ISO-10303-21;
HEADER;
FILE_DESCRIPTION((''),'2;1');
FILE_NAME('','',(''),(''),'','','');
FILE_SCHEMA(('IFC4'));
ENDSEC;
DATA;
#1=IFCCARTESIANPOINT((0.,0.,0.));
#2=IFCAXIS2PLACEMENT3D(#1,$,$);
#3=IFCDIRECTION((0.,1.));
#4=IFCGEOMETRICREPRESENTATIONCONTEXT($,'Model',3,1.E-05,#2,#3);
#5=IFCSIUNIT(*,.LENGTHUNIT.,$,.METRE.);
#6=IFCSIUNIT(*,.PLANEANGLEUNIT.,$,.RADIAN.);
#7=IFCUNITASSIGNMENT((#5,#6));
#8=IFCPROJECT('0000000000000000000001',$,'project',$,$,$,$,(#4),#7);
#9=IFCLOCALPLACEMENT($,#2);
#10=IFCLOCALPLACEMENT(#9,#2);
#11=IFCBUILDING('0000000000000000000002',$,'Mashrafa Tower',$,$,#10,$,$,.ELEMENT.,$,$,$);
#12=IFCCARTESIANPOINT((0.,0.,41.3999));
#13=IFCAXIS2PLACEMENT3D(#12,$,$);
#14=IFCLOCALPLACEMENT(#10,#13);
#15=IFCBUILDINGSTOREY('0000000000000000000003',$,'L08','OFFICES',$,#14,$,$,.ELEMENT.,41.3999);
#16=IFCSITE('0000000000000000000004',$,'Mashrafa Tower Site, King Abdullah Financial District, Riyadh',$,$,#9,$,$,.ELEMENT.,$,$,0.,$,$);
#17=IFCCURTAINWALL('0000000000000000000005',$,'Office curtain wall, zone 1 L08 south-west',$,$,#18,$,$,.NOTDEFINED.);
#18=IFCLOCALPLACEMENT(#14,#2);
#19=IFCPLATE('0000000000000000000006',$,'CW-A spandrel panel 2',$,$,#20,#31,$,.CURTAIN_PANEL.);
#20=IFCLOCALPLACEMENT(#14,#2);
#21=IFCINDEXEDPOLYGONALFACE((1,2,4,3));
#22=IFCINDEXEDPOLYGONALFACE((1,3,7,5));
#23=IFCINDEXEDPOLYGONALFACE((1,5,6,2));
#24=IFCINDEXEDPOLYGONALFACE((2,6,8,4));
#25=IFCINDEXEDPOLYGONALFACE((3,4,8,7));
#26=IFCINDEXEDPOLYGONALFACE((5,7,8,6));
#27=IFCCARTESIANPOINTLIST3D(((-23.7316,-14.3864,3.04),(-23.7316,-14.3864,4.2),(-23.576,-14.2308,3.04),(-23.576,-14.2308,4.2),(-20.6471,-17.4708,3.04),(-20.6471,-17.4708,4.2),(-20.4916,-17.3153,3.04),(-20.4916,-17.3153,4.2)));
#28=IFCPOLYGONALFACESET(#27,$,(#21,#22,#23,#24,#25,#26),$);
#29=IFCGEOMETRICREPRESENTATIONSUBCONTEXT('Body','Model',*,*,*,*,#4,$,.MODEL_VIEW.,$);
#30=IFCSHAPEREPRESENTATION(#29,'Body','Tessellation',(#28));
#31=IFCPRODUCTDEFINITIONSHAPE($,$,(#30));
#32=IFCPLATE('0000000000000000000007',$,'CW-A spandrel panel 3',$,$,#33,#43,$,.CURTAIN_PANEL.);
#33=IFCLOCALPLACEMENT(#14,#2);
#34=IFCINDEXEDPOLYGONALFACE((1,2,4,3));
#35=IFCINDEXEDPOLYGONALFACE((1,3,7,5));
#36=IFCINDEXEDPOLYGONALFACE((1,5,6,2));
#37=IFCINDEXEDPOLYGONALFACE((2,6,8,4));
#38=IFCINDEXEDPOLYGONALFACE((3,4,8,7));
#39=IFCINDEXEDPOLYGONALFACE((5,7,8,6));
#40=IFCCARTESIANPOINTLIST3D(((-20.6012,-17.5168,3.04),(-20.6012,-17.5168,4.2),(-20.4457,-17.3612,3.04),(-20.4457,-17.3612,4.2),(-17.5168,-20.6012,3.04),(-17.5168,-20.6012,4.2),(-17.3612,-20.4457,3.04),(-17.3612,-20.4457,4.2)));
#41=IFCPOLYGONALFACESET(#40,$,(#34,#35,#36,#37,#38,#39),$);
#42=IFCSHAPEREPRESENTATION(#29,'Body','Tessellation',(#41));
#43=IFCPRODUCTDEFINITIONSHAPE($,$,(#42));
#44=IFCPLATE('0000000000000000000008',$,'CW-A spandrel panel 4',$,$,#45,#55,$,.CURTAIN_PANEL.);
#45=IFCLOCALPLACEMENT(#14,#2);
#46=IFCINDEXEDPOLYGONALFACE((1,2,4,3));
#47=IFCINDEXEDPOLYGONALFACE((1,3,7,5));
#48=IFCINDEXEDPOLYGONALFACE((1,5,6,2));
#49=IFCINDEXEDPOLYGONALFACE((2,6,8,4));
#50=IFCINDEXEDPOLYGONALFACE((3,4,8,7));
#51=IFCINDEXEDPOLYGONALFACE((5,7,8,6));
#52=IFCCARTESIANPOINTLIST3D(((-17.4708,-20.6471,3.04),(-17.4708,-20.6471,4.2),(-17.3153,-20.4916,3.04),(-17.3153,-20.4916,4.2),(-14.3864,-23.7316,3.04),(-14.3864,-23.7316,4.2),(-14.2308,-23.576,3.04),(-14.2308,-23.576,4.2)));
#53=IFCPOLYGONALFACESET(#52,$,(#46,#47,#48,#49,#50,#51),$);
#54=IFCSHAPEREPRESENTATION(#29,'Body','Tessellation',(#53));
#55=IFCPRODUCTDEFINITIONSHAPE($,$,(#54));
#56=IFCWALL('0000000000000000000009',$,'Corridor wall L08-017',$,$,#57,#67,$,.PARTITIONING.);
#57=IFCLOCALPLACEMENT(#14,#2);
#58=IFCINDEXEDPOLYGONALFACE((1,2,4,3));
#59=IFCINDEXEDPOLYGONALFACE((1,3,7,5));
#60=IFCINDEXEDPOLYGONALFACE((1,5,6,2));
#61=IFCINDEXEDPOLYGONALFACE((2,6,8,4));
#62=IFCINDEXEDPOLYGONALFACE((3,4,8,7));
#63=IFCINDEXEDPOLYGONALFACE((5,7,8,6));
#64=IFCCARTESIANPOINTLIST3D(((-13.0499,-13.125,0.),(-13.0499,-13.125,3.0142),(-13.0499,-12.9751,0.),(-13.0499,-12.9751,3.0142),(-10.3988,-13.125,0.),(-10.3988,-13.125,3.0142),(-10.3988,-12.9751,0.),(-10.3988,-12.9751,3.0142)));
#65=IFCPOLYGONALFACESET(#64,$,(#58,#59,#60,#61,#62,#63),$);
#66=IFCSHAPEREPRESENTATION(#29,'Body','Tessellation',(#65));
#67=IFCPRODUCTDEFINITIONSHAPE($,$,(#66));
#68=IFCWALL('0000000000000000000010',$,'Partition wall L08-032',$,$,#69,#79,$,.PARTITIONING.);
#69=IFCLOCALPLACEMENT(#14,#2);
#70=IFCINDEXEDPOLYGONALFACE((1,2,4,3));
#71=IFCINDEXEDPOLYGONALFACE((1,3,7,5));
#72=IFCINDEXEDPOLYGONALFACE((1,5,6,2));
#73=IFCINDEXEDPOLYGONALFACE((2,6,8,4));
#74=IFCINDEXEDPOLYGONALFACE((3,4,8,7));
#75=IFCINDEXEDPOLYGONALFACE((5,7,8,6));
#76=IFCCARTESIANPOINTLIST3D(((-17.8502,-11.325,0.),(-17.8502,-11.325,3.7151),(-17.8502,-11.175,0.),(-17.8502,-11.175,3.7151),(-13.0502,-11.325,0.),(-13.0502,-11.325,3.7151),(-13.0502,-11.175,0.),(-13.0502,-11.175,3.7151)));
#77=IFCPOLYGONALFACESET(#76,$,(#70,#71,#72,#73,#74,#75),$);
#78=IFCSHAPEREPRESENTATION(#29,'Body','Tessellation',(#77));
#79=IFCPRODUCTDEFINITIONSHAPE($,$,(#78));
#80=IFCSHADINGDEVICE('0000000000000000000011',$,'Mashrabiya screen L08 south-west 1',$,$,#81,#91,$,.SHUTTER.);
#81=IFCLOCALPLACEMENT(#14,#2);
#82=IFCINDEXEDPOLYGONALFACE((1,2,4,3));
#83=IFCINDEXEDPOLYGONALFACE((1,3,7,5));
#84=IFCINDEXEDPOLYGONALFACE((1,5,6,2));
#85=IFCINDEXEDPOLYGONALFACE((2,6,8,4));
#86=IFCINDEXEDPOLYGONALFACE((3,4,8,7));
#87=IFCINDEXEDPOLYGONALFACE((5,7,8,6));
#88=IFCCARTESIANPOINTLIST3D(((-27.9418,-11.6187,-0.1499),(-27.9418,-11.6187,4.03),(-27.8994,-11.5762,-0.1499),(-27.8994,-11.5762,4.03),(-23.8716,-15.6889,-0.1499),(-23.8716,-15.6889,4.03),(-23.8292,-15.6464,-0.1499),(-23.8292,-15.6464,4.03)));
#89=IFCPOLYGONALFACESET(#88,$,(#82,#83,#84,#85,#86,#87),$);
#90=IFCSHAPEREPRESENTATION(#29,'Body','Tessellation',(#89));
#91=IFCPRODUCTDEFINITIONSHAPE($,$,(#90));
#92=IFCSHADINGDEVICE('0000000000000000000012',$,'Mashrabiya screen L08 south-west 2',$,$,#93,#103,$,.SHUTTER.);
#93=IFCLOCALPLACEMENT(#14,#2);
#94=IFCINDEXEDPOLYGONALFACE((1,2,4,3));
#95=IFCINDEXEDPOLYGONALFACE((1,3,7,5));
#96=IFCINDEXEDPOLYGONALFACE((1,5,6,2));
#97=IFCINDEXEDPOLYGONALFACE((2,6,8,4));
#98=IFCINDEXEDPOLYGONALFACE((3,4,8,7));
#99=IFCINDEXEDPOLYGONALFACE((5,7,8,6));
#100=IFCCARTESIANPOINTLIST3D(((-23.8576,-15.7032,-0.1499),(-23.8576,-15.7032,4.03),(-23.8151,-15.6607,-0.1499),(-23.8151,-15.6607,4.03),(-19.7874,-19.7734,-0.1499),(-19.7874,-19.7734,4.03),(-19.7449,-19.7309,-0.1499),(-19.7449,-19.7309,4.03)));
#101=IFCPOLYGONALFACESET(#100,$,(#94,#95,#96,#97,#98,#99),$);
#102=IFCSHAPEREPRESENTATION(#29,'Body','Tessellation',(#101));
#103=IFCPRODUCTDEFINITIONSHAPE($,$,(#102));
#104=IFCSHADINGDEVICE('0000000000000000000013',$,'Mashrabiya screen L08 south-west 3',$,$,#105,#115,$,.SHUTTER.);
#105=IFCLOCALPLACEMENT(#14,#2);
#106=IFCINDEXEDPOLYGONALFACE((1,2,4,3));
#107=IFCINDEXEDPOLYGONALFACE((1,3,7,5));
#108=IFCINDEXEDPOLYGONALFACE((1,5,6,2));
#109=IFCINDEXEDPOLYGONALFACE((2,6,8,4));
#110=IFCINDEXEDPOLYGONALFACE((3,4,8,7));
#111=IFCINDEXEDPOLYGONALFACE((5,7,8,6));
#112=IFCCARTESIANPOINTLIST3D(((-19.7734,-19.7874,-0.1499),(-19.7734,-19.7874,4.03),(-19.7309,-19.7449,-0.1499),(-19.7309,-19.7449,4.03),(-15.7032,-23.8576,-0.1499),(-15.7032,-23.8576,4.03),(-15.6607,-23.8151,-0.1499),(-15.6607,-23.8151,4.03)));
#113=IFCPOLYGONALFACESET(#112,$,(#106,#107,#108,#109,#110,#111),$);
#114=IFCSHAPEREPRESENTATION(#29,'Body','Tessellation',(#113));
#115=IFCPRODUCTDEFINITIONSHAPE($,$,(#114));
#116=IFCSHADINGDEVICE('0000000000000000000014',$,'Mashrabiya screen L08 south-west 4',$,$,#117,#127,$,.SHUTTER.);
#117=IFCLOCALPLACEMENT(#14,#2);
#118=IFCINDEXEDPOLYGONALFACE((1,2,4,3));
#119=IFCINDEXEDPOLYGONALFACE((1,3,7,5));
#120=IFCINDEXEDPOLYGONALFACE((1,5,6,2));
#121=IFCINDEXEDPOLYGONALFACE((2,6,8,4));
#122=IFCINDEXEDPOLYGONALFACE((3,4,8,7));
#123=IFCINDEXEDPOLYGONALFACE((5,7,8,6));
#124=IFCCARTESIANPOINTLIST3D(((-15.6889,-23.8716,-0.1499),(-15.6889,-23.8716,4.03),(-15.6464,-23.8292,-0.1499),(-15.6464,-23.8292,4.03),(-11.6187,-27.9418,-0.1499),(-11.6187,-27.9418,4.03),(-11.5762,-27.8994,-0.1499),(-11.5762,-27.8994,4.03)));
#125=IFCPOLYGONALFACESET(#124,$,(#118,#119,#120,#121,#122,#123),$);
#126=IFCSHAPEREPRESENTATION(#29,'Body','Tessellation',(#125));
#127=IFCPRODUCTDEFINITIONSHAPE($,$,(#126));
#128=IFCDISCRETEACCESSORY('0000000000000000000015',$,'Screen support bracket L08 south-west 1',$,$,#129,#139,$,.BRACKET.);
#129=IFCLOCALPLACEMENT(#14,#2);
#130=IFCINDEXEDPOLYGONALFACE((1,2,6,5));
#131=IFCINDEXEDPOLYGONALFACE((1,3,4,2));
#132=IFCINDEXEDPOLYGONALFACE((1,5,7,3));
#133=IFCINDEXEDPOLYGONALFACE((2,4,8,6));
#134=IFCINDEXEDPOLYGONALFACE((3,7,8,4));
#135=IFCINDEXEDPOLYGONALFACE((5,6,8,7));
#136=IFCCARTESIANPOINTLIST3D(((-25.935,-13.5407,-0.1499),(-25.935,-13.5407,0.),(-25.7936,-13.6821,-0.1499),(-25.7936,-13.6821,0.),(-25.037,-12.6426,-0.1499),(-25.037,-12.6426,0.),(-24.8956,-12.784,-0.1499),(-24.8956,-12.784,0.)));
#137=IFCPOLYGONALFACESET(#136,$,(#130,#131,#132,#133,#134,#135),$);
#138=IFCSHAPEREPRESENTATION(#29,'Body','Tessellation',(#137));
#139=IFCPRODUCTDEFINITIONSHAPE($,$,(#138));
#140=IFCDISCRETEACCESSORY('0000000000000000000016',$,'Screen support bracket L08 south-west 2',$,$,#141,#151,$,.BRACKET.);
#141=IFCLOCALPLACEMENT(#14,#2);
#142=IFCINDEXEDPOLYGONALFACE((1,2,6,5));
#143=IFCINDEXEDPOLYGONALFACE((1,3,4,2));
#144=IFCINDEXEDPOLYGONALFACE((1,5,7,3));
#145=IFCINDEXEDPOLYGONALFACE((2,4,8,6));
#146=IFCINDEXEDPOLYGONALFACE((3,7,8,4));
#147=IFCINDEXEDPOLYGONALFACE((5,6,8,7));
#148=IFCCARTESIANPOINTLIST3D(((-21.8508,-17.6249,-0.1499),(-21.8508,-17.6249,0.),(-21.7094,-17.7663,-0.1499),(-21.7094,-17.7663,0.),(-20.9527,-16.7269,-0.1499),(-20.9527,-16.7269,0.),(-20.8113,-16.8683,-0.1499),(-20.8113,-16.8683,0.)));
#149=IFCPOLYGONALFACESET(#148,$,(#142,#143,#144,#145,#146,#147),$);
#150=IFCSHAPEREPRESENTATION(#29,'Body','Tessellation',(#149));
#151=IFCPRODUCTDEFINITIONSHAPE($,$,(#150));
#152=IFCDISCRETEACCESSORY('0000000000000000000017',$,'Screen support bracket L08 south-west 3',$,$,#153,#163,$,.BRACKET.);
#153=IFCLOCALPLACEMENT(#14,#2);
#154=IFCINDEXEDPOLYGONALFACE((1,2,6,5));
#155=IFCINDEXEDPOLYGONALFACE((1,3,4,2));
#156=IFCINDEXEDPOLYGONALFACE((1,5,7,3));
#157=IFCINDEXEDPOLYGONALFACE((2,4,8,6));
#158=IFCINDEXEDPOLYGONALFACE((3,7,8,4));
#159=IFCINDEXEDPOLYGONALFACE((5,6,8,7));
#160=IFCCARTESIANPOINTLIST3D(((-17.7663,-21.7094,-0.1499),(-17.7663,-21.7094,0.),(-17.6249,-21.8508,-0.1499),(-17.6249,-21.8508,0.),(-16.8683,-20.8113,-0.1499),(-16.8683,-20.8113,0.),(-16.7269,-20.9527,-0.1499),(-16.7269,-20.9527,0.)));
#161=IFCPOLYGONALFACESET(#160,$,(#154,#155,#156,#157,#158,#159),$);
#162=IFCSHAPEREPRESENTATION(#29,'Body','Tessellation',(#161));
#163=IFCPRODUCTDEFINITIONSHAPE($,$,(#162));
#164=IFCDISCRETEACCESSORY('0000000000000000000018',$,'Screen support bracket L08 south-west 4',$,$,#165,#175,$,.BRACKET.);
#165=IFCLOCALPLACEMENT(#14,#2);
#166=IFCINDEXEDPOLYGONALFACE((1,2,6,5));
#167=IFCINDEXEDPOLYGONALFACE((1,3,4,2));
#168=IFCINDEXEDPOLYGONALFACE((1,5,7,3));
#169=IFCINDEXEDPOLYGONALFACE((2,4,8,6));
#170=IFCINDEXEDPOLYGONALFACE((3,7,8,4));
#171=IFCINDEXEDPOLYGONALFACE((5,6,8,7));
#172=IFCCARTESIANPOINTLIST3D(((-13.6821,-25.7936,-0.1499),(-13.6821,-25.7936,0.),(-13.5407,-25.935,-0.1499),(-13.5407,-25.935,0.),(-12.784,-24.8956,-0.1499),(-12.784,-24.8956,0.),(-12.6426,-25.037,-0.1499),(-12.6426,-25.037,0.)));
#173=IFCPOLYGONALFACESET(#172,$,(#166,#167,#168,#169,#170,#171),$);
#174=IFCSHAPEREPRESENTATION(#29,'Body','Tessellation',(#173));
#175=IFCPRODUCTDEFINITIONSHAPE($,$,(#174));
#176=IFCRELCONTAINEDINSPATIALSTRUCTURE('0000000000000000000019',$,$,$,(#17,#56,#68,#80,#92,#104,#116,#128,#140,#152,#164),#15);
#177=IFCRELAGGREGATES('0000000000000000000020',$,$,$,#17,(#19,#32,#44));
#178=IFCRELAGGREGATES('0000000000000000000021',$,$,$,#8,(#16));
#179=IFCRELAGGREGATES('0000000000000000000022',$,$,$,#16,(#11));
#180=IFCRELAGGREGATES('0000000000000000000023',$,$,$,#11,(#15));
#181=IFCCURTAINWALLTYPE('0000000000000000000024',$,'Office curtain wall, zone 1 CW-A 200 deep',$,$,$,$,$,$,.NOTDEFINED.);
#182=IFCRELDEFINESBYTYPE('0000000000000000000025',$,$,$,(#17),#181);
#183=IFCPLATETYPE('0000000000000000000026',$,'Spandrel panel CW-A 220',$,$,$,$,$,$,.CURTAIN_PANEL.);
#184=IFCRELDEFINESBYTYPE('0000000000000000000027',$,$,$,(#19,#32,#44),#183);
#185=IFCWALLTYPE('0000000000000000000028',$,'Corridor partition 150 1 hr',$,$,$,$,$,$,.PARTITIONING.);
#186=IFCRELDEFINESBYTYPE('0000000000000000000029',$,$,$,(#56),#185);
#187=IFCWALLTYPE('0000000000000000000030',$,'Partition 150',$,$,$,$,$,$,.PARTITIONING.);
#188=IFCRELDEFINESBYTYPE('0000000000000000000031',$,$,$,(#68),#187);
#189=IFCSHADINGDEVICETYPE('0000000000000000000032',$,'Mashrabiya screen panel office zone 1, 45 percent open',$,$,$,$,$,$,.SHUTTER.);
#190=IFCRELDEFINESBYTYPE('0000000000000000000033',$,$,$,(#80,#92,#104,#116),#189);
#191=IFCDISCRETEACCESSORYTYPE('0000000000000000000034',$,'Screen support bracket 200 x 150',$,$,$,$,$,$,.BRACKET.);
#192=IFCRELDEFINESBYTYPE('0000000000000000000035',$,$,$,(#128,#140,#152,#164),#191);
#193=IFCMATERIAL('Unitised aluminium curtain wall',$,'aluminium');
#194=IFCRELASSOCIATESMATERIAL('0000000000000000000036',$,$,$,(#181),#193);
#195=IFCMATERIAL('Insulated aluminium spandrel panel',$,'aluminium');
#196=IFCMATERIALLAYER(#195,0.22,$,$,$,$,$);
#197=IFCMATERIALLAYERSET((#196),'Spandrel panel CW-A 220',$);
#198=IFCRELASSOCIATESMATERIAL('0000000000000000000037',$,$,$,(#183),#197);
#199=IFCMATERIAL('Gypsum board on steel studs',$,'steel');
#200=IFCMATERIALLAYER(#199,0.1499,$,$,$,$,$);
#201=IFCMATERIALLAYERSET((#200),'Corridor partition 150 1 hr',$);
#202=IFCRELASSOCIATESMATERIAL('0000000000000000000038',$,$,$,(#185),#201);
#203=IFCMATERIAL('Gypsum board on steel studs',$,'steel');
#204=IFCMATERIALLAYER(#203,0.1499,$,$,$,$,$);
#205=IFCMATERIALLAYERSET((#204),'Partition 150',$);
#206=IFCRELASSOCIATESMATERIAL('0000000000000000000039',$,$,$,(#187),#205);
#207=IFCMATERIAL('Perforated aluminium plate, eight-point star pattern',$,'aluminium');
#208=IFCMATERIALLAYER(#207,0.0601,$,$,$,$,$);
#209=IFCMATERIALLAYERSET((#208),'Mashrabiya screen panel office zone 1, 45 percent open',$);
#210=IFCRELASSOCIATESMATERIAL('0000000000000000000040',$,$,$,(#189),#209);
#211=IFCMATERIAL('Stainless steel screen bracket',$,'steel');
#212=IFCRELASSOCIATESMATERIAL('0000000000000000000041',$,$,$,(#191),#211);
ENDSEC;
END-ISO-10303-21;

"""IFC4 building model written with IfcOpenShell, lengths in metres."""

from ifc_helpers import new_model, si_unit, direction, frame, frame_2d, origin, origin_2d, place, context, subcontext, project, spatial, rectangle, extrude, source, transform, mapped, material, layer, layer_set, type_object, type_shapes, element, aggregate, save


model = new_model("IFC4")

# Units and contexts
model_context = context("Model", 3, precision=1e-05, world=origin(), true_north=direction((0.0, 1.0)))
body_context = subcontext(model_context, "Body", "Model", "MODEL_VIEW")
ifc_project = project(units=[si_unit("LENGTHUNIT", "METRE"), si_unit("PLANEANGLEUNIT", "RADIAN")], contexts=[model_context])

# Site, building, storey
site_placement = place(None, origin())
site = spatial("IfcSite", under=ifc_project, at=site_placement, Name="Mashrafa Tower Site, King Abdullah Financial District, Riyadh", CompositionType="ELEMENT", RefElevation=0.0)
building_placement = place(site_placement, origin())
building = spatial("IfcBuilding", under=site, at=building_placement, Name="Mashrafa Tower", CompositionType="ELEMENT")
storey_placement = place(building_placement, frame((0.0, 0.0, 41.3999)))
storey = spatial("IfcBuildingStorey", under=building, at=storey_placement, Name="L08", Description="OFFICES", CompositionType="ELEMENT", Elevation=41.3999)

# Curtain wall, plates
ifc_material_1 = material(Name="Unitised aluminium curtain wall", Category="aluminium")
curtain_wall_type = type_object("IfcCurtainWallType", Name="Office curtain wall, zone 1 CW-A 200 deep", PredefinedType="NOTDEFINED", material=ifc_material_1)
curtain_wall_placement = place(storey_placement, origin())
curtain_wall = element("IfcCurtainWall", 1, at=curtain_wall_placement, inside=storey, type_object=curtain_wall_type, Name="Office curtain wall, zone 1 L08 south-west", PredefinedType="NOTDEFINED")
ifc_material_2 = material(Name="Insulated aluminium spandrel panel", Category="aluminium")
ifc_layer_1 = layer(ifc_material_2, 0.22)
ifc_layer_set_1 = layer_set([ifc_layer_1], Name="Spandrel panel CW-A 220")
plate_type_1 = type_object("IfcPlateType", Name="Spandrel panel CW-A 220", PredefinedType="CURTAIN_PANEL", material=ifc_layer_set_1)
shared_shape_1 = source(origin(), body_context, "Body", "SweptSolid", [
    extrude(rectangle(XDim=4.3621, YDim=0.22, at=origin_2d()), origin(), (0.0, 0.0, 1.0), 1.1599),
])
plate_1_placement = place(storey_placement, frame((-22.1116, -15.8508, 3.04), z_axis=(0.0, 0.0, 1.0), x_axis=(0.707107, -0.707107, 0.0)))
plate_1 = element("IfcPlate", 2, at=plate_1_placement, type_object=plate_type_1, Name="CW-A spandrel panel 2", PredefinedType="CURTAIN_PANEL", context=body_context, shape_type="MappedRepresentation", body=[
    mapped(shared_shape_1, transform((0.0, 0.0, 0.0))),
])
plate_2_placement = place(storey_placement, frame((-18.9812, -18.9812, 3.04), z_axis=(0.0, 0.0, 1.0), x_axis=(0.707107, -0.707107, 0.0)))
plate_2 = element("IfcPlate", 3, at=plate_2_placement, type_object=plate_type_1, Name="CW-A spandrel panel 3", PredefinedType="CURTAIN_PANEL", context=body_context, shape_type="MappedRepresentation", body=[
    mapped(shared_shape_1, transform((0.0, 0.0, 0.0))),
])
plate_3_placement = place(storey_placement, frame((-15.8508, -22.1116, 3.04), z_axis=(0.0, 0.0, 1.0), x_axis=(0.707107, -0.707107, 0.0)))
plate_3 = element("IfcPlate", 4, at=plate_3_placement, type_object=plate_type_1, Name="CW-A spandrel panel 4", PredefinedType="CURTAIN_PANEL", context=body_context, shape_type="MappedRepresentation", body=[
    mapped(shared_shape_1, transform((0.0, 0.0, 0.0))),
])
aggregate(curtain_wall, [plate_1, plate_2, plate_3])

# Walls
ifc_material_3 = material(Name="Gypsum board on steel studs", Category="steel")
ifc_layer_2 = layer(ifc_material_3, 0.1499)
ifc_layer_set_2 = layer_set([ifc_layer_2], Name="Corridor partition 150 1 hr")
wall_type_1 = type_object("IfcWallType", Name="Corridor partition 150 1 hr", PredefinedType="PARTITIONING", material=ifc_layer_set_2)
wall_1_placement = place(storey_placement, frame((-13.05, -13.05, 0.0), z_axis=(0.0, 0.0, 1.0), x_axis=(1.0, 0.0, 0.0)))
element("IfcWall", 5, at=wall_1_placement, inside=storey, type_object=wall_type_1, Name="Corridor wall L08-017", PredefinedType="PARTITIONING", context=body_context, shape_type="SweptSolid", body=[
    extrude(rectangle(XDim=2.6511, YDim=0.1499, at=frame_2d((1.3257, 0.0))), origin(), (0.0, 0.0, 1.0), 3.0142),
])
ifc_material_4 = material(Name="Gypsum board on steel studs", Category="steel")
ifc_layer_3 = layer(ifc_material_4, 0.1499)
ifc_layer_set_3 = layer_set([ifc_layer_3], Name="Partition 150")
wall_type_2 = type_object("IfcWallType", Name="Partition 150", PredefinedType="PARTITIONING", material=ifc_layer_set_3)
wall_2_placement = place(storey_placement, frame((-17.8501, -11.25, 0.0), z_axis=(0.0, 0.0, 1.0), x_axis=(1.0, 0.0, 0.0)))
element("IfcWall", 6, at=wall_2_placement, inside=storey, type_object=wall_type_2, Name="Partition wall L08-032", PredefinedType="PARTITIONING", context=body_context, shape_type="SweptSolid", body=[
    extrude(rectangle(XDim=4.8, YDim=0.1499, at=frame_2d((2.3999, 0.0))), origin(), (0.0, 0.0, 1.0), 3.7151),
])

# Shading devices
ifc_material_5 = material(Name="Perforated aluminium plate, eight-point star pattern", Category="aluminium")
ifc_layer_4 = layer(ifc_material_5, 0.0601)
ifc_layer_set_4 = layer_set([ifc_layer_4], Name="Mashrabiya screen panel office zone 1, 45 percent open")
shading_device_type = type_object("IfcShadingDeviceType", Name="Mashrabiya screen panel office zone 1, 45 percent open", PredefinedType="SHUTTER", material=ifc_layer_set_4)
shared_shape_2 = source(origin(), body_context, "Body", "SweptSolid", [
    extrude(rectangle(XDim=5.7561, YDim=0.0601, at=origin_2d()), origin(), (0.0, 0.0, 1.0), 4.1799),
])
type_shapes(shading_device_type, [shared_shape_2])
for number, where, z_axis, x_axis, name in (
    (7, (-25.8855, -13.6326, -0.1499), (0.0, 0.0, 1.0), (0.707107, -0.707107, 0.0), "Mashrabiya screen L08 south-west 1"),
    (8, (-21.8013, -17.717, -0.1499), (0.0, 0.0, 1.0), (0.707107, -0.707107, 0.0), "Mashrabiya screen L08 south-west 2"),
    (9, (-17.717, -21.8013, -0.1499), (0.0, 0.0, 1.0), (0.707107, -0.707107, 0.0), "Mashrabiya screen L08 south-west 3"),
    (10, (-13.6326, -25.8855, -0.1499), (0.0, 0.0, 1.0), (0.707107, -0.707107, 0.0), "Mashrabiya screen L08 south-west 4"),
):
    element("IfcShadingDevice", number, at=place(storey_placement, frame(where, z_axis=z_axis, x_axis=x_axis)), inside=storey, type_object=shading_device_type, Name=name, PredefinedType="SHUTTER", context=body_context, shape_type="MappedRepresentation", body=[
        mapped(shared_shape_2, transform((0.0, 0.0, 0.0))),
    ])

# Discrete accessories
ifc_material_6 = material(Name="Stainless steel screen bracket", Category="steel")
discrete_accessory_type = type_object("IfcDiscreteAccessoryType", Name="Screen support bracket 200 x 150", PredefinedType="BRACKET", material=ifc_material_6)
shared_shape_3 = source(origin(), body_context, "Body", "SweptSolid", [
    extrude(rectangle(XDim=0.2, YDim=1.27, at=origin_2d()), origin(), (0.0, 0.0, 1.0), 0.1499),
])
type_shapes(discrete_accessory_type, [shared_shape_3])
for number, where, z_axis, x_axis, name in (
    (11, (-25.4153, -13.1624, -0.1499), (0.0, 0.0, 1.0), (0.707107, -0.707107, 0.0), "Screen support bracket L08 south-west 1"),
    (12, (-21.3311, -17.2466, -0.1499), (0.0, 0.0, 1.0), (0.707107, -0.707107, 0.0), "Screen support bracket L08 south-west 2"),
    (13, (-17.2466, -21.3311, -0.1499), (0.0, 0.0, 1.0), (0.707107, -0.707107, 0.0), "Screen support bracket L08 south-west 3"),
    (14, (-13.1624, -25.4153, -0.1499), (0.0, 0.0, 1.0), (0.707107, -0.707107, 0.0), "Screen support bracket L08 south-west 4"),
):
    element("IfcDiscreteAccessory", number, at=place(storey_placement, frame(where, z_axis=z_axis, x_axis=x_axis)), inside=storey, type_object=discrete_accessory_type, Name=name, PredefinedType="BRACKET", context=body_context, shape_type="MappedRepresentation", body=[
        mapped(shared_shape_3, transform((0.0, 0.0, 0.0))),
    ])

save(model, "model.ifc")
